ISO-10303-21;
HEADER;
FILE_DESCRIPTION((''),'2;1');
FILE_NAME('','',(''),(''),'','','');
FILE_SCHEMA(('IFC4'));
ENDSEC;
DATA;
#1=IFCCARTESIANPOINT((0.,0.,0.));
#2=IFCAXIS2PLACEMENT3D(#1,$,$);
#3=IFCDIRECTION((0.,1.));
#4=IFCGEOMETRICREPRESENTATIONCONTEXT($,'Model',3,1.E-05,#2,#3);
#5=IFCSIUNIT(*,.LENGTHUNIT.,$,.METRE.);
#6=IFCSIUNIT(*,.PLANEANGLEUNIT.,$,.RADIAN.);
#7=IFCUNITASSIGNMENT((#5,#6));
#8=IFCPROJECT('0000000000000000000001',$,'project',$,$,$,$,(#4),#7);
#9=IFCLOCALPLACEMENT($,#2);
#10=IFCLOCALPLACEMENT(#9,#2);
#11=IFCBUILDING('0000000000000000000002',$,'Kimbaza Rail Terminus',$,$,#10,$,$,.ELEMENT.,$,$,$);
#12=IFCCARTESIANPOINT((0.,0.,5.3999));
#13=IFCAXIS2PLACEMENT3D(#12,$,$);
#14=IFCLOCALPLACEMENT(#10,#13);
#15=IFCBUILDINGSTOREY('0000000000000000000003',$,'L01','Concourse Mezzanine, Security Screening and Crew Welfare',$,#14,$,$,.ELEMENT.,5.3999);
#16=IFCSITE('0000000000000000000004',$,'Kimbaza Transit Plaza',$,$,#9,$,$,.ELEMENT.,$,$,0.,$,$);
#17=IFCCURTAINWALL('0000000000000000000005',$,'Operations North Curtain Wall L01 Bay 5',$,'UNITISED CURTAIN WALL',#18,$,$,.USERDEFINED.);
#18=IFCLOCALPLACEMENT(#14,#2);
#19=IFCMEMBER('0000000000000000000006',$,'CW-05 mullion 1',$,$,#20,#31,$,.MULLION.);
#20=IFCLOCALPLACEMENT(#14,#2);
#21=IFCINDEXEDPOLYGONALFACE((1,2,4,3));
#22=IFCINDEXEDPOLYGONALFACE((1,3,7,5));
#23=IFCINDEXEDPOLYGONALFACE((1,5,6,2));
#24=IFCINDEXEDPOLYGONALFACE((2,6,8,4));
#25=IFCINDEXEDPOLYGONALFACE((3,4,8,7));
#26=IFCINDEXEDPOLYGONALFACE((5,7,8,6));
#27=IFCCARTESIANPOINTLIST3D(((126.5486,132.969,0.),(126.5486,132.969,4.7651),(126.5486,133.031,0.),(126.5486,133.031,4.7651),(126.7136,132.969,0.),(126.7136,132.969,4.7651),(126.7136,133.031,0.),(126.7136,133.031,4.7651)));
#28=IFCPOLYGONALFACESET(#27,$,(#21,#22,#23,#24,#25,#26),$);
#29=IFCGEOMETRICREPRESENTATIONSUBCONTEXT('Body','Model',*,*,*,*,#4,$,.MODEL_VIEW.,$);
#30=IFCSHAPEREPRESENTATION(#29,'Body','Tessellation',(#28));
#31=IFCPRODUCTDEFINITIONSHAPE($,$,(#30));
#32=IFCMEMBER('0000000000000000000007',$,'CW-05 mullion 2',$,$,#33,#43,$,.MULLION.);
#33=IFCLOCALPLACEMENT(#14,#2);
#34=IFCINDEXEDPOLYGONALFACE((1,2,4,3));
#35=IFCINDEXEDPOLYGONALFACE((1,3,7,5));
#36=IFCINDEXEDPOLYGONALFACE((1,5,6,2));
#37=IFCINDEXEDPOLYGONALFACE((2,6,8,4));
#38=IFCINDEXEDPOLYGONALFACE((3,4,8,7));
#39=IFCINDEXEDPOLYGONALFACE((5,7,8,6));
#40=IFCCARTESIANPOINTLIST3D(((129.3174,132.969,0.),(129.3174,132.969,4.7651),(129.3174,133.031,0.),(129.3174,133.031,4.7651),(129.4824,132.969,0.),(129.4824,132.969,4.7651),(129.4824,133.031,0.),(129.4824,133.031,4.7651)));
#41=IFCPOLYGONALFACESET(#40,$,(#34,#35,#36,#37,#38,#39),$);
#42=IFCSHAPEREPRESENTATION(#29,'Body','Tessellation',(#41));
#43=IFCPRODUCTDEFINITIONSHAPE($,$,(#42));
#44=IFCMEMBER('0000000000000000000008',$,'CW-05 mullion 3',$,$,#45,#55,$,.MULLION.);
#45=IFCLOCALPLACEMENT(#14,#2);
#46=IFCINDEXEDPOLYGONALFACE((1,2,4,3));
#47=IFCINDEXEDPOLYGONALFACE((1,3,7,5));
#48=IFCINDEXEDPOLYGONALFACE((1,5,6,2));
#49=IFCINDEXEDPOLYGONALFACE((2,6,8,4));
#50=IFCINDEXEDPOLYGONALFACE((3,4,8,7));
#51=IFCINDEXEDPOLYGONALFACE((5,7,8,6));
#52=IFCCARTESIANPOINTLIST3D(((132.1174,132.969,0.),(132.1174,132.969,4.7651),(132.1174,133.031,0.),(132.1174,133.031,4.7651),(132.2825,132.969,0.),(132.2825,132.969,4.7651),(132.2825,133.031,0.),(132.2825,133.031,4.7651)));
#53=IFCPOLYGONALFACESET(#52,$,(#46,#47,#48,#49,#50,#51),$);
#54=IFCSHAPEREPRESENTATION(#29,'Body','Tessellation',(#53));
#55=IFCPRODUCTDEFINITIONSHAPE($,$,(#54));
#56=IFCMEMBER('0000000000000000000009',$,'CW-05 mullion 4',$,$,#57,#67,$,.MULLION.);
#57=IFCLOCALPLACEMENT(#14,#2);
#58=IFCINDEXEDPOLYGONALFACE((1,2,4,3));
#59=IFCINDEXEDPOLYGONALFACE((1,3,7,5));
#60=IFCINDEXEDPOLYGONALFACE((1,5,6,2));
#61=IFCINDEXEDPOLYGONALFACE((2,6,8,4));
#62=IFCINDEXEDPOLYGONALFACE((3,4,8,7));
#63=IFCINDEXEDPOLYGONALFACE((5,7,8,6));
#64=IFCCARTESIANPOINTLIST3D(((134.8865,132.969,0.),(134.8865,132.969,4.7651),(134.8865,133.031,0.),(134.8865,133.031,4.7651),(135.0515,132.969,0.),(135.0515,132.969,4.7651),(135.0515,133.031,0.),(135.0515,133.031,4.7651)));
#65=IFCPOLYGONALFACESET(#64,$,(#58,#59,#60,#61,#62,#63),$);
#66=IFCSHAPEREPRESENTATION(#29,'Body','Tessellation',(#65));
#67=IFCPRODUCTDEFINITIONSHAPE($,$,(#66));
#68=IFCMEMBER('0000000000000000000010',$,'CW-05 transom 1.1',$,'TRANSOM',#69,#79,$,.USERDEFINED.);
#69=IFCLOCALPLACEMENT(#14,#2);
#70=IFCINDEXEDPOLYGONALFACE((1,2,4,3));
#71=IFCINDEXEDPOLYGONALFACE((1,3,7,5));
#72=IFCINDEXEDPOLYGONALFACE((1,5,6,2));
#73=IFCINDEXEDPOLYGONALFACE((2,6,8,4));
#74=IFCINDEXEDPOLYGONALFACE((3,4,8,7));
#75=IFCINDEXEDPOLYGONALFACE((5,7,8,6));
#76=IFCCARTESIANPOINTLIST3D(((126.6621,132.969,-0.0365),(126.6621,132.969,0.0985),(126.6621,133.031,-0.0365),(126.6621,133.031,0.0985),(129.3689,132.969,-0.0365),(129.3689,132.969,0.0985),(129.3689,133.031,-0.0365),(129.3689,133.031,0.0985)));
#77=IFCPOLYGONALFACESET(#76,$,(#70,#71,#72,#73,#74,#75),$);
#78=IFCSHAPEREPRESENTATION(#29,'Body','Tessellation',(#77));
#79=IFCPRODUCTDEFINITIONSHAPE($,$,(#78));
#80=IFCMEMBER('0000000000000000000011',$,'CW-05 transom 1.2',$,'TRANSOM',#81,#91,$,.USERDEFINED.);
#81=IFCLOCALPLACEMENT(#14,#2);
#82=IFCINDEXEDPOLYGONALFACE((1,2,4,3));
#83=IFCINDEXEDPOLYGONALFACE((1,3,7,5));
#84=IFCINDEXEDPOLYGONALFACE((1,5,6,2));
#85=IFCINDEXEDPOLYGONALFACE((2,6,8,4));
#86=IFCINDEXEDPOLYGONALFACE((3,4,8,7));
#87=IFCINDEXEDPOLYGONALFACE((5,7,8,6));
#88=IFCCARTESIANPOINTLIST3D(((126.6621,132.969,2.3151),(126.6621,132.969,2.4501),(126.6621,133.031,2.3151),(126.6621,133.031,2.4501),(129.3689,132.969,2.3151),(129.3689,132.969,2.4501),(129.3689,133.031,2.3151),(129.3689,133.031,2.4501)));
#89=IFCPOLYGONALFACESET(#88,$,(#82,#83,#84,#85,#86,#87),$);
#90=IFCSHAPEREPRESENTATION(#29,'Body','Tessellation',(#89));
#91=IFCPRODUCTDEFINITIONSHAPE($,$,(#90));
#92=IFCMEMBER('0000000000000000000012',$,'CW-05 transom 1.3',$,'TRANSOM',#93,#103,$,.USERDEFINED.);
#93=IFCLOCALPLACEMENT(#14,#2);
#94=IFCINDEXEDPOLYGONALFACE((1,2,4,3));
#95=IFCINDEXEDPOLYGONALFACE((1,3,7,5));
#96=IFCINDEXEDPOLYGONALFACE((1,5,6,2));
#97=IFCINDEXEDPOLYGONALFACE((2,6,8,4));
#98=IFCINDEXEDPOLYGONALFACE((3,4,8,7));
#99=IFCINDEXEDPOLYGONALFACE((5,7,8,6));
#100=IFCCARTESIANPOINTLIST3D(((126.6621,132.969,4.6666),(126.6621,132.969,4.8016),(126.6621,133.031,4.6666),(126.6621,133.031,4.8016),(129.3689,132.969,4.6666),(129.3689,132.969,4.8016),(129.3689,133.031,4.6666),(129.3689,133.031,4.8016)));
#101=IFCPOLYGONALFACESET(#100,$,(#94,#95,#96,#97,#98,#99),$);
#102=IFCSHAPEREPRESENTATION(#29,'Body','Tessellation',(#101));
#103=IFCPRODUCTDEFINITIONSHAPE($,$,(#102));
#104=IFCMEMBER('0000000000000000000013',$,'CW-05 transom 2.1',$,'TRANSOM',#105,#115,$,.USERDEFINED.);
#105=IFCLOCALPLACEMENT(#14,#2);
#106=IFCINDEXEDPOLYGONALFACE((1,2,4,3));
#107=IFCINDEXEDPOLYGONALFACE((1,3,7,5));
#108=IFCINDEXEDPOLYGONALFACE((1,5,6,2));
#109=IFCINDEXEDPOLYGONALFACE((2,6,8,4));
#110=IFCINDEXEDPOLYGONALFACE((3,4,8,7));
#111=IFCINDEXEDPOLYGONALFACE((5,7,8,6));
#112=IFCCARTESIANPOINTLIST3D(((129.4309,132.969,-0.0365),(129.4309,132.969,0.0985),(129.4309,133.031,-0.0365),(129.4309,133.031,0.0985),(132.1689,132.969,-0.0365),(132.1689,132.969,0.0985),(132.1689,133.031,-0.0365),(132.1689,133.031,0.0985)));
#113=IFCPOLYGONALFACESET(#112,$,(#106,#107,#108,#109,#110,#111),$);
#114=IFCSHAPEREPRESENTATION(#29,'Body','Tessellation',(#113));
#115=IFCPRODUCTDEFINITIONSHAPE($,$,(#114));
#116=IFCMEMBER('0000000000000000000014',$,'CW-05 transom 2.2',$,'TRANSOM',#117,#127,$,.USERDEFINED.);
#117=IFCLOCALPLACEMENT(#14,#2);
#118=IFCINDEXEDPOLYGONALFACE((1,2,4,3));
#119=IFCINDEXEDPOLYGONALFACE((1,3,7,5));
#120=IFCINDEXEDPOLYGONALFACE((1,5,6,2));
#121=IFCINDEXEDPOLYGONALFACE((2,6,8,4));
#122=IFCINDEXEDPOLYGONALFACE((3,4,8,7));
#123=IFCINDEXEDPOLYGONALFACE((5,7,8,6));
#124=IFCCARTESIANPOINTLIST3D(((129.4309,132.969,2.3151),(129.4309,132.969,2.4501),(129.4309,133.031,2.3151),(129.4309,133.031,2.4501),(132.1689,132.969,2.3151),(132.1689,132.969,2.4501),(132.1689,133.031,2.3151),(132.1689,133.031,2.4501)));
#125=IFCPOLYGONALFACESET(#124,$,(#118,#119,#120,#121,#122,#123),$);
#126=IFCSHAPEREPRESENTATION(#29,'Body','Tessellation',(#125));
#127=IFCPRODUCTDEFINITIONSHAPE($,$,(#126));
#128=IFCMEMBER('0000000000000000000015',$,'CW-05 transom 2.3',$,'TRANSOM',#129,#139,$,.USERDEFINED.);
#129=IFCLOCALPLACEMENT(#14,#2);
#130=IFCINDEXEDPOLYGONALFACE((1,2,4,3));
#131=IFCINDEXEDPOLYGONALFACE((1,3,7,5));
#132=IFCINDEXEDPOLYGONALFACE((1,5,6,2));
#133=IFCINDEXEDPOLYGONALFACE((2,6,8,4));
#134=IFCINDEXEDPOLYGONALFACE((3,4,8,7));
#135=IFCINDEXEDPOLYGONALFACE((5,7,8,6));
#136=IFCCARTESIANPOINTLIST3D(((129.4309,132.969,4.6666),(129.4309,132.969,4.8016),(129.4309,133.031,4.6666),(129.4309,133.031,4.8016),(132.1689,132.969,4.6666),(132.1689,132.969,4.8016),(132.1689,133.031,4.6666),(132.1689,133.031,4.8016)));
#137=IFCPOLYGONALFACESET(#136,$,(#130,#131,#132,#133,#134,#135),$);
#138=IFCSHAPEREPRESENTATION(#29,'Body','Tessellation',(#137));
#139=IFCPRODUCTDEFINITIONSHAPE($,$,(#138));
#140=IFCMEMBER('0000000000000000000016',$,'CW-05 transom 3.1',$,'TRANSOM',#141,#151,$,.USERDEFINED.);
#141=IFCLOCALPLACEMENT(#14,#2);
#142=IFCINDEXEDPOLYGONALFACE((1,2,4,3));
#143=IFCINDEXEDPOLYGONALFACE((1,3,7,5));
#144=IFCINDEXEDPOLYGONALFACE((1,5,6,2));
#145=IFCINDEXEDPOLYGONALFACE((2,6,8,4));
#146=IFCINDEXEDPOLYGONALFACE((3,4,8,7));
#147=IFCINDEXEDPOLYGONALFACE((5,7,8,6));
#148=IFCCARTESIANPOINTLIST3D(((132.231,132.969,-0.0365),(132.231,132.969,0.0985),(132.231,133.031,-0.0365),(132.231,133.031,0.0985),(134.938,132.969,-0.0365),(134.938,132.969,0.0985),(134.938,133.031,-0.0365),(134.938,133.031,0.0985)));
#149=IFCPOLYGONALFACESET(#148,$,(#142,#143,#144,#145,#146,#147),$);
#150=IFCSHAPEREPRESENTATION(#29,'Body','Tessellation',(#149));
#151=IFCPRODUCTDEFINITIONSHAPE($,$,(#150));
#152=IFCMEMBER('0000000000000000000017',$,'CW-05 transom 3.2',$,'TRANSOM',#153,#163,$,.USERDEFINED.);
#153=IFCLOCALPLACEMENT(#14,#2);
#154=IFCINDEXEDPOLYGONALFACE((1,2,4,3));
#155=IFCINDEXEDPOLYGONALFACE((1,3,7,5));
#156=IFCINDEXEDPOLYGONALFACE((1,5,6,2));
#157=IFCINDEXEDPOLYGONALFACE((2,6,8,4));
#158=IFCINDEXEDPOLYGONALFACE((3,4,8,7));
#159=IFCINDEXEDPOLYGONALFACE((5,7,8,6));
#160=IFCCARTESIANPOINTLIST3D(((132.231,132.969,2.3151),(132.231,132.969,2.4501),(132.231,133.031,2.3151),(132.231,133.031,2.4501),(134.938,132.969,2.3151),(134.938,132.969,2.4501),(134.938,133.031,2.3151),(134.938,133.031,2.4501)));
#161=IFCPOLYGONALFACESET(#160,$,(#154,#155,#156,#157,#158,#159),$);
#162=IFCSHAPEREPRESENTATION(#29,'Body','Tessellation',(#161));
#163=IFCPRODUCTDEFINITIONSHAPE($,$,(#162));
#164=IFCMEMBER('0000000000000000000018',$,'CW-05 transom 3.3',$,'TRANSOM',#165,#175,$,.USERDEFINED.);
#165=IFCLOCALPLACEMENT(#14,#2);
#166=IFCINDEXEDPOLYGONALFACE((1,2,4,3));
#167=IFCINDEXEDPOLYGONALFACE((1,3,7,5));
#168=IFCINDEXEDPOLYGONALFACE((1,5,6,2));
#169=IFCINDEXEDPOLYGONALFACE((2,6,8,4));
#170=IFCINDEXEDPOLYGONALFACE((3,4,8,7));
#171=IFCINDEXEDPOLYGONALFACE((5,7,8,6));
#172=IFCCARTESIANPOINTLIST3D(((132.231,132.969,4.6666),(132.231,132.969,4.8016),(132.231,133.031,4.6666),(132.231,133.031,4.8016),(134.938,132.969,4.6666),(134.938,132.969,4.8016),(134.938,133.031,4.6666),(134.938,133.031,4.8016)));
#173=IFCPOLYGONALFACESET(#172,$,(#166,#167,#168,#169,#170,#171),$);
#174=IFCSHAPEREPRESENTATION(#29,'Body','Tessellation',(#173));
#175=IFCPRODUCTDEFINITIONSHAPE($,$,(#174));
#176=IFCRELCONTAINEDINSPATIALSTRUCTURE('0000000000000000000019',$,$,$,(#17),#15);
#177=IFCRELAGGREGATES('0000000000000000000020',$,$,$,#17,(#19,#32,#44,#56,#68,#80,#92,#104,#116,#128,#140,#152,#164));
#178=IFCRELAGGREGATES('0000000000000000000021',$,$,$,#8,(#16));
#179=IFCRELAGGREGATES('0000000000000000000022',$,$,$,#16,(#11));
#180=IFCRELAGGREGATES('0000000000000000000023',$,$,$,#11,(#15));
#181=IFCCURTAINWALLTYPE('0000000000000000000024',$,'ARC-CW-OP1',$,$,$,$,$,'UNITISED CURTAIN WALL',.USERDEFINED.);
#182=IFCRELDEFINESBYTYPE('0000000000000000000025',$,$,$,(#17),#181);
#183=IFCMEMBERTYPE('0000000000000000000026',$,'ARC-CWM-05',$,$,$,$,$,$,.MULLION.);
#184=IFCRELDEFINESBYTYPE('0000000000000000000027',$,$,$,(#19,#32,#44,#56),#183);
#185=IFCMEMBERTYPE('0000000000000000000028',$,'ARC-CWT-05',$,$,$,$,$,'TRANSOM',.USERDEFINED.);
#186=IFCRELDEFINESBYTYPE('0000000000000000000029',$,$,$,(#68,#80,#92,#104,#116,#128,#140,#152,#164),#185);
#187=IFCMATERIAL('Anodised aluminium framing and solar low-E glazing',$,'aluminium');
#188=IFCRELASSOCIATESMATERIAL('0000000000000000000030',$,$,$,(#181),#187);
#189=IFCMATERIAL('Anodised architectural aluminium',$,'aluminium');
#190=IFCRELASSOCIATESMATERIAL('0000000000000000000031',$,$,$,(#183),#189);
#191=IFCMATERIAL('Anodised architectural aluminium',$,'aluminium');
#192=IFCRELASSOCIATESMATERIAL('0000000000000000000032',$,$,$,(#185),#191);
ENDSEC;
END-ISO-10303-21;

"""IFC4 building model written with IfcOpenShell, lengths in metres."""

from ifc_helpers import new_model, si_unit, direction, frame, origin, origin_2d, place, context, subcontext, project, spatial, rectangle, extrude, material, material_profile, profile_set, type_object, element, aggregate, save


model = new_model("IFC4")

# Units and contexts
model_context = context("Model", 3, precision=1e-05, world=origin(), true_north=direction((0.0, 1.0)))
body_context = subcontext(model_context, "Body", "Model", "MODEL_VIEW")
ifc_project = project(units=[si_unit("LENGTHUNIT", "METRE"), si_unit("PLANEANGLEUNIT", "RADIAN")], contexts=[model_context])

# Site, building, storey
site_placement = place(None, origin())
site = spatial("IfcSite", under=ifc_project, at=site_placement, Name="Kimbaza Transit Plaza", CompositionType="ELEMENT", RefElevation=0.0)
building_placement = place(site_placement, origin())
building = spatial("IfcBuilding", under=site, at=building_placement, Name="Kimbaza Rail Terminus", CompositionType="ELEMENT")
storey_placement = place(building_placement, frame((0.0, 0.0, 5.3999)))
storey = spatial("IfcBuildingStorey", under=building, at=storey_placement, Name="L01", Description="Concourse Mezzanine, Security Screening and Crew Welfare", CompositionType="ELEMENT", Elevation=5.3999)

# Curtain wall, members
ifc_material_1 = material(Name="Anodised aluminium framing and solar low-E glazing", Category="aluminium")
curtain_wall_type = type_object("IfcCurtainWallType", Name="ARC-CW-OP1", ElementType="UNITISED CURTAIN WALL", PredefinedType="USERDEFINED", material=ifc_material_1)
curtain_wall_placement = place(storey_placement, origin())
curtain_wall = element("IfcCurtainWall", 1, at=curtain_wall_placement, inside=storey, type_object=curtain_wall_type, Name="Operations North Curtain Wall L01 Bay 5", ObjectType="UNITISED CURTAIN WALL", PredefinedType="USERDEFINED")
ifc_material_2 = material(Name="Anodised architectural aluminium", Category="aluminium")
ifc_material_profile_1 = material_profile(ifc_material_2, rectangle(XDim=0.062, YDim=0.165, at=origin_2d()), Name="MULLION 62x165")
ifc_profile_set_1 = profile_set([ifc_material_profile_1], Name="Anodised architectural aluminium")
member_type_1 = type_object("IfcMemberType", Name="ARC-CWM-05", PredefinedType="MULLION", material=ifc_profile_set_1)
member_1_placement = place(storey_placement, frame((126.6311, 133.0, 0.0), z_axis=(0.0, 0.0, 1.0), x_axis=(0.0, 1.0, 0.0)))
member_1 = element("IfcMember", 2, at=member_1_placement, type_object=member_type_1, Name="CW-05 mullion 1", PredefinedType="MULLION", context=body_context, shape_type="SweptSolid", body=[
    extrude(rectangle(XDim=0.062, YDim=0.165, at=origin_2d()), origin(), (0.0, 0.0, 1.0), 4.7651),
])
member_2_placement = place(storey_placement, frame((129.3999, 133.0, 0.0), z_axis=(0.0, 0.0, 1.0), x_axis=(0.0, 1.0, 0.0)))
member_2 = element("IfcMember", 3, at=member_2_placement, type_object=member_type_1, Name="CW-05 mullion 2", PredefinedType="MULLION", context=body_context, shape_type="SweptSolid", body=[
    extrude(rectangle(XDim=0.062, YDim=0.165, at=origin_2d()), origin(), (0.0, 0.0, 1.0), 4.7651),
])
member_3_placement = place(storey_placement, frame((132.2, 133.0, 0.0), z_axis=(0.0, 0.0, 1.0), x_axis=(0.0, 1.0, 0.0)))
member_3 = element("IfcMember", 4, at=member_3_placement, type_object=member_type_1, Name="CW-05 mullion 3", PredefinedType="MULLION", context=body_context, shape_type="SweptSolid", body=[
    extrude(rectangle(XDim=0.062, YDim=0.165, at=origin_2d()), origin(), (0.0, 0.0, 1.0), 4.7651),
])
member_4_placement = place(storey_placement, frame((134.969, 133.0, 0.0), z_axis=(0.0, 0.0, 1.0), x_axis=(0.0, 1.0, 0.0)))
member_4 = element("IfcMember", 5, at=member_4_placement, type_object=member_type_1, Name="CW-05 mullion 4", PredefinedType="MULLION", context=body_context, shape_type="SweptSolid", body=[
    extrude(rectangle(XDim=0.062, YDim=0.165, at=origin_2d()), origin(), (0.0, 0.0, 1.0), 4.7651),
])
ifc_material_3 = material(Name="Anodised architectural aluminium", Category="aluminium")
ifc_material_profile_2 = material_profile(ifc_material_3, rectangle(XDim=0.062, YDim=0.135, at=origin_2d()), Name="TRANSOM 62x135")
ifc_profile_set_2 = profile_set([ifc_material_profile_2], Name="Anodised architectural aluminium")
member_type_2 = type_object("IfcMemberType", Name="ARC-CWT-05", ElementType="TRANSOM", PredefinedType="USERDEFINED", material=ifc_profile_set_2)
member_5_placement = place(storey_placement, frame((126.6621, 133.0, 0.031), z_axis=(1.0, 0.0, 0.0), x_axis=(0.0, 1.0, 0.0)))
member_5 = element("IfcMember", 6, at=member_5_placement, type_object=member_type_2, Name="CW-05 transom 1.1", ObjectType="TRANSOM", PredefinedType="USERDEFINED", context=body_context, shape_type="SweptSolid", body=[
    extrude(rectangle(XDim=0.062, YDim=0.135, at=origin_2d()), origin(), (0.0, 0.0, 1.0), 2.7068),
])
member_6_placement = place(storey_placement, frame((126.6621, 133.0, 2.3826), z_axis=(1.0, 0.0, 0.0), x_axis=(0.0, 1.0, 0.0)))
member_6 = element("IfcMember", 7, at=member_6_placement, type_object=member_type_2, Name="CW-05 transom 1.2", ObjectType="TRANSOM", PredefinedType="USERDEFINED", context=body_context, shape_type="SweptSolid", body=[
    extrude(rectangle(XDim=0.062, YDim=0.135, at=origin_2d()), origin(), (0.0, 0.0, 1.0), 2.7068),
])
member_7_placement = place(storey_placement, frame((126.6621, 133.0, 4.7341), z_axis=(1.0, 0.0, 0.0), x_axis=(0.0, 1.0, 0.0)))
member_7 = element("IfcMember", 8, at=member_7_placement, type_object=member_type_2, Name="CW-05 transom 1.3", ObjectType="TRANSOM", PredefinedType="USERDEFINED", context=body_context, shape_type="SweptSolid", body=[
    extrude(rectangle(XDim=0.062, YDim=0.135, at=origin_2d()), origin(), (0.0, 0.0, 1.0), 2.7068),
])
member_8_placement = place(storey_placement, frame((129.4309, 133.0, 0.031), z_axis=(1.0, 0.0, 0.0), x_axis=(0.0, 1.0, 0.0)))
member_8 = element("IfcMember", 9, at=member_8_placement, type_object=member_type_2, Name="CW-05 transom 2.1", ObjectType="TRANSOM", PredefinedType="USERDEFINED", context=body_context, shape_type="SweptSolid", body=[
    extrude(rectangle(XDim=0.062, YDim=0.135, at=origin_2d()), origin(), (0.0, 0.0, 1.0), 2.738),
])
member_9_placement = place(storey_placement, frame((129.4309, 133.0, 2.3826), z_axis=(1.0, 0.0, 0.0), x_axis=(0.0, 1.0, 0.0)))
member_9 = element("IfcMember", 10, at=member_9_placement, type_object=member_type_2, Name="CW-05 transom 2.2", ObjectType="TRANSOM", PredefinedType="USERDEFINED", context=body_context, shape_type="SweptSolid", body=[
    extrude(rectangle(XDim=0.062, YDim=0.135, at=origin_2d()), origin(), (0.0, 0.0, 1.0), 2.738),
])
member_10_placement = place(storey_placement, frame((129.4309, 133.0, 4.7341), z_axis=(1.0, 0.0, 0.0), x_axis=(0.0, 1.0, 0.0)))
member_10 = element("IfcMember", 11, at=member_10_placement, type_object=member_type_2, Name="CW-05 transom 2.3", ObjectType="TRANSOM", PredefinedType="USERDEFINED", context=body_context, shape_type="SweptSolid", body=[
    extrude(rectangle(XDim=0.062, YDim=0.135, at=origin_2d()), origin(), (0.0, 0.0, 1.0), 2.738),
])
member_11_placement = place(storey_placement, frame((132.231, 133.0, 0.031), z_axis=(1.0, 0.0, 0.0), x_axis=(0.0, 1.0, 0.0)))
member_11 = element("IfcMember", 12, at=member_11_placement, type_object=member_type_2, Name="CW-05 transom 3.1", ObjectType="TRANSOM", PredefinedType="USERDEFINED", context=body_context, shape_type="SweptSolid", body=[
    extrude(rectangle(XDim=0.062, YDim=0.135, at=origin_2d()), origin(), (0.0, 0.0, 1.0), 2.707),
])
member_12_placement = place(storey_placement, frame((132.231, 133.0, 2.3826), z_axis=(1.0, 0.0, 0.0), x_axis=(0.0, 1.0, 0.0)))
member_12 = element("IfcMember", 13, at=member_12_placement, type_object=member_type_2, Name="CW-05 transom 3.2", ObjectType="TRANSOM", PredefinedType="USERDEFINED", context=body_context, shape_type="SweptSolid", body=[
    extrude(rectangle(XDim=0.062, YDim=0.135, at=origin_2d()), origin(), (0.0, 0.0, 1.0), 2.707),
])
member_13_placement = place(storey_placement, frame((132.231, 133.0, 4.7341), z_axis=(1.0, 0.0, 0.0), x_axis=(0.0, 1.0, 0.0)))
member_13 = element("IfcMember", 14, at=member_13_placement, type_object=member_type_2, Name="CW-05 transom 3.3", ObjectType="TRANSOM", PredefinedType="USERDEFINED", context=body_context, shape_type="SweptSolid", body=[
    extrude(rectangle(XDim=0.062, YDim=0.135, at=origin_2d()), origin(), (0.0, 0.0, 1.0), 2.707),
])

aggregate(curtain_wall, [member_1, member_2, member_3, member_4, member_5, member_6, member_7, member_8, member_9, member_10, member_11, member_12, member_13])

save(model, "model.ifc")
